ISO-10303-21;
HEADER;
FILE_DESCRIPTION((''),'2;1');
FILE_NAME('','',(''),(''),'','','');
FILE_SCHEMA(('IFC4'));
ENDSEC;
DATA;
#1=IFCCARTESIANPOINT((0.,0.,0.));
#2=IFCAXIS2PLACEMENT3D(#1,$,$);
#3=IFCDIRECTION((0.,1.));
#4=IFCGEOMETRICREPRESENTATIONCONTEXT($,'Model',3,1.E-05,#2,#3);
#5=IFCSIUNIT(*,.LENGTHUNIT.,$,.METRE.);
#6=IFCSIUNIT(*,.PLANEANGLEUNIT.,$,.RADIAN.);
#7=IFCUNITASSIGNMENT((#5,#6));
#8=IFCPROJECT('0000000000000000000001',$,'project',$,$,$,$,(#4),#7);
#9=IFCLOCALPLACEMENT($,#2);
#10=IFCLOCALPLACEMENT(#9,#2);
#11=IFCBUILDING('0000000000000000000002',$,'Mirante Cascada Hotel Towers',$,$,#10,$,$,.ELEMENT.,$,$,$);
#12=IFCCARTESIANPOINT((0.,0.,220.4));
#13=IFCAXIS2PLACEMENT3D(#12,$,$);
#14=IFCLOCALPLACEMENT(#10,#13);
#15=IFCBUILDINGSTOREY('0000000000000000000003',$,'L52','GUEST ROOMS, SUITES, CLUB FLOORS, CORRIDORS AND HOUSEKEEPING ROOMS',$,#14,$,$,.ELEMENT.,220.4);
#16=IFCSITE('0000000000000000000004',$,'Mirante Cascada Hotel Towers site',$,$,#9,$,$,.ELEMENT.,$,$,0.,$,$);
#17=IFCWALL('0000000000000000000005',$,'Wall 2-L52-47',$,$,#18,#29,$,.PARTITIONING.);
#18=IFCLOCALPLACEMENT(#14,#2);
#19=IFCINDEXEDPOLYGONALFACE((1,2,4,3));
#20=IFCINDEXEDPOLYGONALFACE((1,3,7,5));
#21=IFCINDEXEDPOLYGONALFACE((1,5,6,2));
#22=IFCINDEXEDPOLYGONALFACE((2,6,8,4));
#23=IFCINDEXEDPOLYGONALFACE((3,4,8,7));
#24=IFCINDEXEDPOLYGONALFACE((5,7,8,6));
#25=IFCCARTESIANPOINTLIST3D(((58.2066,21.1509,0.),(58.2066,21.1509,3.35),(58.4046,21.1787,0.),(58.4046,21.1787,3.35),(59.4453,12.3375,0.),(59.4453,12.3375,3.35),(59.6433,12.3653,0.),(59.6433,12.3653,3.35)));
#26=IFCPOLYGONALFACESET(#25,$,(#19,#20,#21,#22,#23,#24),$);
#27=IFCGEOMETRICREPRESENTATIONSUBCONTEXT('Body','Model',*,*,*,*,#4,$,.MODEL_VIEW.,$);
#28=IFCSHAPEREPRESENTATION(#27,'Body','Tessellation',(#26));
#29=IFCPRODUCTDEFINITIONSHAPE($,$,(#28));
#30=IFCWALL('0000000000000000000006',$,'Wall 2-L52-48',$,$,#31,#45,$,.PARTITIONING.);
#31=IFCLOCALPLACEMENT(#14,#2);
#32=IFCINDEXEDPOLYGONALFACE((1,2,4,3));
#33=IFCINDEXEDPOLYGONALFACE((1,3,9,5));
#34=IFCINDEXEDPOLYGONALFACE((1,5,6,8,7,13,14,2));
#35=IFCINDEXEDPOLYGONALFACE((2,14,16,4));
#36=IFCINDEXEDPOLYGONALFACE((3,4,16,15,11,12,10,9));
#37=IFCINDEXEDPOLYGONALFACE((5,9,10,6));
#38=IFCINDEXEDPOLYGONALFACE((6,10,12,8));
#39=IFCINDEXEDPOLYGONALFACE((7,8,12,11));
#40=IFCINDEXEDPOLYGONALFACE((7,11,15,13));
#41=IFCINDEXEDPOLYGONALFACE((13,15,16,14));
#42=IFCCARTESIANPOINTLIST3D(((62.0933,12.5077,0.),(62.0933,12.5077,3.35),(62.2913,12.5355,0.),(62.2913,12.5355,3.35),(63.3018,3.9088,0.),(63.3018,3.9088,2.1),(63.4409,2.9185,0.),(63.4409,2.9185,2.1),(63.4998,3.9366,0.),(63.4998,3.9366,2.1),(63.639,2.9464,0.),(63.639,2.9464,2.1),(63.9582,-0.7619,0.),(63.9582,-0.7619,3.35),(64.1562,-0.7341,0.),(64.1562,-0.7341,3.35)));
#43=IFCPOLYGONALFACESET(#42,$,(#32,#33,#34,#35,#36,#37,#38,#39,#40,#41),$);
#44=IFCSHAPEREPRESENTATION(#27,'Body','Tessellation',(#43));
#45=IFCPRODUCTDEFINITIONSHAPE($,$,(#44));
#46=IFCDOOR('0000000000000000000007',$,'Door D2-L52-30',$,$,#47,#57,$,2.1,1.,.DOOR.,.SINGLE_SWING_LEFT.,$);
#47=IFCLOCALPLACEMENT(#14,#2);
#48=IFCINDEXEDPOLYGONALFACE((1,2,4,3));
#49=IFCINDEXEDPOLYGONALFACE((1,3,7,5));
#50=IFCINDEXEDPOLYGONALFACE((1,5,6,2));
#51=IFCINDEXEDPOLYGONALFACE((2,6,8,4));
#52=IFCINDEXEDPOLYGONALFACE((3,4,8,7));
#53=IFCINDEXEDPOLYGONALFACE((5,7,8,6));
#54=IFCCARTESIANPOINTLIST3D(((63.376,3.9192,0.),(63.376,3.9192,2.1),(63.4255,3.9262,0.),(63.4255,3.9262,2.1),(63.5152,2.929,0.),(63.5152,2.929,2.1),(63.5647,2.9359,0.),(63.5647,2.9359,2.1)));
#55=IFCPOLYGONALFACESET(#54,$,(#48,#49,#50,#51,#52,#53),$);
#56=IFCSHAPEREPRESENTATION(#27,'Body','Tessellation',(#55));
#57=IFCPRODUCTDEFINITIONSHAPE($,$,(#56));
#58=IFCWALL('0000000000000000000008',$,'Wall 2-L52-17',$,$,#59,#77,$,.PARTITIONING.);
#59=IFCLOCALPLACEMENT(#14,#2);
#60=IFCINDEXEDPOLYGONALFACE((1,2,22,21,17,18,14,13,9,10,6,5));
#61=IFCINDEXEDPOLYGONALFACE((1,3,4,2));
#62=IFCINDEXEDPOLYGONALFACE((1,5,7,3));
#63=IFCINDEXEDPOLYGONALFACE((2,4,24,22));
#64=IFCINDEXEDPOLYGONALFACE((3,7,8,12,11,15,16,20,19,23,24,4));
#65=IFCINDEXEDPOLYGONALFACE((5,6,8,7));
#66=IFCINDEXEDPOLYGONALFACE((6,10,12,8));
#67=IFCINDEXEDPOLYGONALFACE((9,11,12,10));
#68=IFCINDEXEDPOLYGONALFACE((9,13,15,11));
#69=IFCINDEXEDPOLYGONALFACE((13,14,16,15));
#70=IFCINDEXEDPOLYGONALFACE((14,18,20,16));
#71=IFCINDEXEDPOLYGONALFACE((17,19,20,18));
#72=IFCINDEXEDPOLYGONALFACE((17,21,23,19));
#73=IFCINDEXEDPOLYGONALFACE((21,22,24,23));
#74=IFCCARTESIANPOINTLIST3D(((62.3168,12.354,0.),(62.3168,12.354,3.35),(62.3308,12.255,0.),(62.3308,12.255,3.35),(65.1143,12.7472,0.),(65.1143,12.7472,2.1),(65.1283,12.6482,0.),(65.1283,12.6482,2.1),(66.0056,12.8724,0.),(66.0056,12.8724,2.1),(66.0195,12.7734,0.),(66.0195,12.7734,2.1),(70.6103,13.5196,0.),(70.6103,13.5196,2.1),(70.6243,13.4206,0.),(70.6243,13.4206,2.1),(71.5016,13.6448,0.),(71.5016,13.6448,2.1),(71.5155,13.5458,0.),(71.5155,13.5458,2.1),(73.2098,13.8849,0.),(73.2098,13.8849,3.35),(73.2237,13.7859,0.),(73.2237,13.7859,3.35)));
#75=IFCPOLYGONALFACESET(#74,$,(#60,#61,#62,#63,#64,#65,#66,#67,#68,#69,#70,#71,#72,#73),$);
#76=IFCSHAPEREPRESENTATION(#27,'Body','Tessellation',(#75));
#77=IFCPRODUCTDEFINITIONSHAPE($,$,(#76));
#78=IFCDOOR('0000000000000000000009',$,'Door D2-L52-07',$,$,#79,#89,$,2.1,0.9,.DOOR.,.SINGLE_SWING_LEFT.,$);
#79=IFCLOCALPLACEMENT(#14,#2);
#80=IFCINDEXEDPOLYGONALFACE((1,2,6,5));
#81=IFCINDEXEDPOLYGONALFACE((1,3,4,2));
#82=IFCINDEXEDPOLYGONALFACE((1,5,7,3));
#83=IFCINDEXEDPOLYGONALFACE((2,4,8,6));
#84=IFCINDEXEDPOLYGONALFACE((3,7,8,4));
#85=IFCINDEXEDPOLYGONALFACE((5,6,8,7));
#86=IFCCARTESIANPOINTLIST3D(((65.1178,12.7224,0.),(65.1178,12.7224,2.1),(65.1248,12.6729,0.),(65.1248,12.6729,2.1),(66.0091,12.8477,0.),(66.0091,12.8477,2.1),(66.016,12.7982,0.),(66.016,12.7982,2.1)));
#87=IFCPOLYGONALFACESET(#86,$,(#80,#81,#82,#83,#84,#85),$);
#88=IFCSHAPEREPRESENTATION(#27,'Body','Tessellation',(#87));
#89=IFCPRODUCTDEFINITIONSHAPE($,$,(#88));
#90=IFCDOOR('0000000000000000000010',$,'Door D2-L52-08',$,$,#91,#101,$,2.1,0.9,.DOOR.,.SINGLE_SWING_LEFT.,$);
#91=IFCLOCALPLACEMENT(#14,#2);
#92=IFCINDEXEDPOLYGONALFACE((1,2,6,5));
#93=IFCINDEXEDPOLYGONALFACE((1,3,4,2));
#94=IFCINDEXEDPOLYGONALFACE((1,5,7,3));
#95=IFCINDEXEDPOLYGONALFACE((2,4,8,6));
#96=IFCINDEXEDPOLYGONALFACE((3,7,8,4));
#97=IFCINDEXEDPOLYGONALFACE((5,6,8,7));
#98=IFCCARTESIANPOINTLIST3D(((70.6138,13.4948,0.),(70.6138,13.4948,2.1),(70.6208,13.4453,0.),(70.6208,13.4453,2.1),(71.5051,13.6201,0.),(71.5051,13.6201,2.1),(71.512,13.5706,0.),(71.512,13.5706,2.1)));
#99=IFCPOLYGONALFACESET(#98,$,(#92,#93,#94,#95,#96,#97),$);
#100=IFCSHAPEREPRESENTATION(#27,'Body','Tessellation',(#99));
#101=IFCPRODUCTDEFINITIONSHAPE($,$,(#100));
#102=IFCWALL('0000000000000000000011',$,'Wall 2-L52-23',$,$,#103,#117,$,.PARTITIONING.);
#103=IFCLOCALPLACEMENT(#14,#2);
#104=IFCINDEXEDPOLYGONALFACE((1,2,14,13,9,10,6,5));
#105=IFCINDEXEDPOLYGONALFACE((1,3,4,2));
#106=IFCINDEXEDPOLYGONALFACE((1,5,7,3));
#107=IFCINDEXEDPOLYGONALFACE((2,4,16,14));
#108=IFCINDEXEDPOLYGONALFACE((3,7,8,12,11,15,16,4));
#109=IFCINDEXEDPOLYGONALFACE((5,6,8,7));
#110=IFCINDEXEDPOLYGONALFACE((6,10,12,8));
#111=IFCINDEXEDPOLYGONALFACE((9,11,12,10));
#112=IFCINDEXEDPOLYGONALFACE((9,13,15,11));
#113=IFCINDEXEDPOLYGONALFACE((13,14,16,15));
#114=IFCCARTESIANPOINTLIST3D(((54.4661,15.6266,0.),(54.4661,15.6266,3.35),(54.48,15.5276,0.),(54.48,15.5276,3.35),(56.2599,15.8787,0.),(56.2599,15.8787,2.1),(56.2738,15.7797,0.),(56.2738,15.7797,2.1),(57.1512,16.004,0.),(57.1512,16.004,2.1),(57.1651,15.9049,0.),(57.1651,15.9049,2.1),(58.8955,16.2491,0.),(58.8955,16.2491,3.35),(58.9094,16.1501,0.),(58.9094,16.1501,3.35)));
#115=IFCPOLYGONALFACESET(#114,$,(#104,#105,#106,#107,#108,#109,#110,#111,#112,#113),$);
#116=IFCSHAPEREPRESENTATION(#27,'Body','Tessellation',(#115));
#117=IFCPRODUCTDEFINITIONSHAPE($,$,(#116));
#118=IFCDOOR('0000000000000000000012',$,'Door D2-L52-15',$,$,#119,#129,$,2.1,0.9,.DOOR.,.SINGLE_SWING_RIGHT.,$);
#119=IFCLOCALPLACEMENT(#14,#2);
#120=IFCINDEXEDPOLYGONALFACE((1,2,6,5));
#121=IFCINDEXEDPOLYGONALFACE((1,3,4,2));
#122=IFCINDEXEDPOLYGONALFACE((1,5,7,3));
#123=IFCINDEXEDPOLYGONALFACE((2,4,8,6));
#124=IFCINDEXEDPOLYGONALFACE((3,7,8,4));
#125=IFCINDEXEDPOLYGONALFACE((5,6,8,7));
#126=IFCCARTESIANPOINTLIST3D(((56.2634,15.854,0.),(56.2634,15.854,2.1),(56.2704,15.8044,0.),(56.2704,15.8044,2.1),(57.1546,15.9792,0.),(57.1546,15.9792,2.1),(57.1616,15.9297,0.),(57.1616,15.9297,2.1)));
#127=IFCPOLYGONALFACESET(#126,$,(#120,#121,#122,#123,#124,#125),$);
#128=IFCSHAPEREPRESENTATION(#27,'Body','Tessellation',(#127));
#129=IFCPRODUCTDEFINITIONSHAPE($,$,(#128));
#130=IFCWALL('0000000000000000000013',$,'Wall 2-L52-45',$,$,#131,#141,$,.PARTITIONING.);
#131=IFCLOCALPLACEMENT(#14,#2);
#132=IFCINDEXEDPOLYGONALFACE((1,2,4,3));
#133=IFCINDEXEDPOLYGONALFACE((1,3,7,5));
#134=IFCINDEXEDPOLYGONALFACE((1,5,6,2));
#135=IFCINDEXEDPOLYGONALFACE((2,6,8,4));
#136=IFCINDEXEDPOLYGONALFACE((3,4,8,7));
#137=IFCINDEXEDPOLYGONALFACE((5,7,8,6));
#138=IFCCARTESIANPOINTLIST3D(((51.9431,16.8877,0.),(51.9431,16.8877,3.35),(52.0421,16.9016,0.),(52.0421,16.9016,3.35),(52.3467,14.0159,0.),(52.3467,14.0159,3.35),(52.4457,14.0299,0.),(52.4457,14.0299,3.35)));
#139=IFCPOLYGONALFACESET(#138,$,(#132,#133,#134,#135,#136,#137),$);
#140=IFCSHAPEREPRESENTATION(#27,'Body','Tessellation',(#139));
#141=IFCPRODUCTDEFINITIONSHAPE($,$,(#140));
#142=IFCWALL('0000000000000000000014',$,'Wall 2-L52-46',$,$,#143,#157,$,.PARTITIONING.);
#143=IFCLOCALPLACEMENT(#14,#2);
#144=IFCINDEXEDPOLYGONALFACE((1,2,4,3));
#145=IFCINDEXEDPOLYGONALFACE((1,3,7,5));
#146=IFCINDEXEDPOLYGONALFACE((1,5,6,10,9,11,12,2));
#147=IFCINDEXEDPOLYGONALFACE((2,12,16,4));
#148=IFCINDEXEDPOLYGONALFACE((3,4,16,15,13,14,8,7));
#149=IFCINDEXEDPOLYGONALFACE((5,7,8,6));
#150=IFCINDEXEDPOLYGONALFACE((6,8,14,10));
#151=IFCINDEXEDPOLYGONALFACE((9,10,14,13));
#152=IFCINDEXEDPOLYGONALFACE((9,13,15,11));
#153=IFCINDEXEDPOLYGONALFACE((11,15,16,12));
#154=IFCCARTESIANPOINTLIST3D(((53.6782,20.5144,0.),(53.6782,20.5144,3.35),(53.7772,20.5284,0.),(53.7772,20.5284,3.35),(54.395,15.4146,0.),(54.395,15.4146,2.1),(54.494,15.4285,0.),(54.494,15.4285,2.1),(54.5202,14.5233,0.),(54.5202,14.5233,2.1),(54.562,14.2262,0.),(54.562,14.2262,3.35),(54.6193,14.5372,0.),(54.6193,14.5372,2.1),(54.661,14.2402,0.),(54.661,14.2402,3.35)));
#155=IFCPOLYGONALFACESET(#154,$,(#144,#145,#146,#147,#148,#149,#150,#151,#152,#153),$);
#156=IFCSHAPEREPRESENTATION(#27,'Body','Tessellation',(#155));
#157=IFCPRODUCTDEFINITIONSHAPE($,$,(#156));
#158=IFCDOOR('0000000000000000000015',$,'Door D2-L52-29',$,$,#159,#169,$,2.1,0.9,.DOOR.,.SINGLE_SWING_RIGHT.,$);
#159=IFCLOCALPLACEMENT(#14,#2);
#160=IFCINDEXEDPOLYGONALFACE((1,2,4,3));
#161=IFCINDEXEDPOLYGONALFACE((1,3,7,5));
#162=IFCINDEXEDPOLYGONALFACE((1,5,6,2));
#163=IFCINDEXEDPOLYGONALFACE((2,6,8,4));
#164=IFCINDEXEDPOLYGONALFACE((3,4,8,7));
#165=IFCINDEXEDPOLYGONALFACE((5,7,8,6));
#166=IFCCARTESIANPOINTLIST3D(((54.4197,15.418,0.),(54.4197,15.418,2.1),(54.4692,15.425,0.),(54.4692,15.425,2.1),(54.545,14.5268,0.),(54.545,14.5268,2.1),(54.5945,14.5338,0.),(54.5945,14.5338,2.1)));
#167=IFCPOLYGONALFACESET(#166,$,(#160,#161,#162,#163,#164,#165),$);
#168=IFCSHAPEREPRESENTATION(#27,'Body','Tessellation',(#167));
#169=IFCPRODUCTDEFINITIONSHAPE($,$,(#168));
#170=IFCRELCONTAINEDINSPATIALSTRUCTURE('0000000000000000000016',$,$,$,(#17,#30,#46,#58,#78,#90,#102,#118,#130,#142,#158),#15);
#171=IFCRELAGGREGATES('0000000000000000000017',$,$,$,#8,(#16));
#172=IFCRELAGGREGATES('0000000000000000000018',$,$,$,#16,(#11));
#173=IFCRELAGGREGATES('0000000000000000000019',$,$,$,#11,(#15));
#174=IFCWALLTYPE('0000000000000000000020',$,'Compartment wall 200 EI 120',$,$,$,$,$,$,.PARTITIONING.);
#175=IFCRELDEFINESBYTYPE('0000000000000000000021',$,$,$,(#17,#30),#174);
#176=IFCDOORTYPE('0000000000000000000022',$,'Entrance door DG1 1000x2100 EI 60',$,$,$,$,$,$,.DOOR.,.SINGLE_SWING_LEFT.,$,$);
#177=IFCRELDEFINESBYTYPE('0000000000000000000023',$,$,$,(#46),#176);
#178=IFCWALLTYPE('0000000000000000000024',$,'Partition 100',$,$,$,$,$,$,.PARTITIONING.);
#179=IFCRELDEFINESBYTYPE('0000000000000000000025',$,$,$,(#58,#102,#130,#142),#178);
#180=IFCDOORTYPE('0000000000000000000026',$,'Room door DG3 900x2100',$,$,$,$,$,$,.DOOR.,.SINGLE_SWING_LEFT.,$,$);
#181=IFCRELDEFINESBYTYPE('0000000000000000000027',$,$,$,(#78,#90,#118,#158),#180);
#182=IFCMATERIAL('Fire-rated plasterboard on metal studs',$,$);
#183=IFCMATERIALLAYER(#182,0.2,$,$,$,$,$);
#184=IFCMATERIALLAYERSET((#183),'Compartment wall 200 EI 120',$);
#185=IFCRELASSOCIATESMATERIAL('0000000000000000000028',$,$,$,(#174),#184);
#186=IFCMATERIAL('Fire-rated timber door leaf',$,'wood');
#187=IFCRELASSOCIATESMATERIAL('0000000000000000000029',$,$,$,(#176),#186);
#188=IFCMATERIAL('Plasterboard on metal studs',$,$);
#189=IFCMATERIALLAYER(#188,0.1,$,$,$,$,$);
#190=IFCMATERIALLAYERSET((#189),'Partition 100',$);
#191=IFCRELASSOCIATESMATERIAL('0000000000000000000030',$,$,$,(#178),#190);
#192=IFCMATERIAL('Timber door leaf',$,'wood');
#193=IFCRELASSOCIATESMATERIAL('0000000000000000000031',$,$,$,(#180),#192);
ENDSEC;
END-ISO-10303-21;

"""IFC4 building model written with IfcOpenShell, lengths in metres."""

from ifc_helpers import new_model, si_unit, direction, frame, frame_2d, origin, place, context, subcontext, project, spatial, rectangle, extrude, material, layer, layer_set, type_object, element, fill, save


model = new_model("IFC4")

# Units and contexts
model_context = context("Model", 3, precision=1e-05, world=origin(), true_north=direction((0.0, 1.0)))
body_context = subcontext(model_context, "Body", "Model", "MODEL_VIEW")
ifc_project = project(units=[si_unit("LENGTHUNIT", "METRE"), si_unit("PLANEANGLEUNIT", "RADIAN")], contexts=[model_context])

# Site, building, storey
site_placement = place(None, origin())
site = spatial("IfcSite", under=ifc_project, at=site_placement, Name="Mirante Cascada Hotel Towers site", CompositionType="ELEMENT", RefElevation=0.0)
building_placement = place(site_placement, origin())
building = spatial("IfcBuilding", under=site, at=building_placement, Name="Mirante Cascada Hotel Towers", CompositionType="ELEMENT")
storey_placement = place(building_placement, frame((0.0, 0.0, 220.4)))
storey = spatial("IfcBuildingStorey", under=building, at=storey_placement, Name="L52", Description="GUEST ROOMS, SUITES, CLUB FLOORS, CORRIDORS AND HOUSEKEEPING ROOMS", CompositionType="ELEMENT", Elevation=220.4)

# Shared definitions
ifc_material_1 = material(Name="Fire-rated plasterboard on metal studs")
ifc_layer_1 = layer(ifc_material_1, 0.2)
ifc_layer_set_1 = layer_set([ifc_layer_1], Name="Compartment wall 200 EI 120")
wall_type_1 = type_object("IfcWallType", Name="Compartment wall 200 EI 120", PredefinedType="PARTITIONING", material=ifc_layer_set_1)
ifc_material_2 = material(Name="Fire-rated timber door leaf", Category="wood")
door_type_1 = type_object("IfcDoorType", Name="Entrance door DG1 1000x2100 EI 60", OperationType="SINGLE_SWING_LEFT", PredefinedType="DOOR", material=ifc_material_2)

# Wall
wall_1_placement = place(storey_placement, frame((59.5443, 12.3514, 0.0), z_axis=(0.0, 0.0, 1.0), x_axis=(-0.139179, 0.990267, 0.0)))
element("IfcWall", 1, at=wall_1_placement, inside=storey, type_object=wall_type_1, Name="Wall 2-L52-47", PredefinedType="PARTITIONING", context=body_context, shape_type="SweptSolid", body=[
    extrude(rectangle(XDim=8.9, YDim=0.2, at=frame_2d((4.45, 0.0))), origin(), (0.0, 0.0, 1.0), 3.35),
])

# Wall, opening, door
wall_2_placement = place(storey_placement, frame((62.1923, 12.5216, 0.0), z_axis=(0.0, 0.0, 1.0), x_axis=(0.139172, -0.990268, 0.0)))
wall_2 = element("IfcWall", 2, at=wall_2_placement, inside=storey, type_object=wall_type_1, Name="Wall 2-L52-48", PredefinedType="PARTITIONING", context=body_context, shape_type="SweptSolid", body=[
    extrude(rectangle(XDim=13.4, YDim=0.2, at=frame_2d((6.7, 0.0))), origin(), (0.0, 0.0, 1.0), 3.35),
])
opening_1_placement = place(wall_2_placement, frame((8.6834, 0.0, 0.0)))
opening_1 = element("IfcOpeningElement", 3, at=opening_1_placement, cuts=wall_2, PredefinedType="OPENING", context=body_context, shape_type="SweptSolid", body=[
    extrude(rectangle(XDim=1.0, YDim=2.1, at=frame_2d((0.5, 1.05))), frame((0.0, 0.1, 0.0), z_axis=(0.0, -1.0, 0.0), x_axis=(1.0, 0.0, 0.0)), (0.0, 0.0, 1.0), 0.2),
])
door_1_placement = place(opening_1_placement, origin())
door_1 = element("IfcDoor", 4, at=door_1_placement, inside=storey, type_object=door_type_1, Name="Door D2-L52-30", OperationType="SINGLE_SWING_LEFT", OverallHeight=2.1, OverallWidth=1.0, PredefinedType="DOOR", context=body_context, shape_type="SweptSolid", body=[
    extrude(rectangle(XDim=1.0, YDim=2.1, at=frame_2d((0.5, 1.05))), frame((0.0, 0.025, 0.0), z_axis=(0.0, -1.0, 0.0), x_axis=(1.0, 0.0, 0.0)), (0.0, 0.0, 1.0), 0.05),
])
fill(opening_1, door_1)

# Wall, openings, doors
ifc_material_3 = material(Name="Plasterboard on metal studs")
ifc_layer_2 = layer(ifc_material_3, 0.1)
ifc_layer_set_2 = layer_set([ifc_layer_2], Name="Partition 100")
wall_type_2 = type_object("IfcWallType", Name="Partition 100", PredefinedType="PARTITIONING", material=ifc_layer_set_2)
wall_3_placement = place(storey_placement, frame((62.3238, 12.3045, 0.0), z_axis=(0.0, 0.0, 1.0), x_axis=(0.990268, 0.139173, 0.0)))
wall_3 = element("IfcWall", 5, at=wall_3_placement, inside=storey, type_object=wall_type_2, Name="Wall 2-L52-17", PredefinedType="PARTITIONING", context=body_context, shape_type="SweptSolid", body=[
    extrude(rectangle(XDim=11.0, YDim=0.1, at=frame_2d((5.5, 0.0))), origin(), (0.0, 0.0, 1.0), 3.35),
])
opening_2_placement = place(wall_3_placement, frame((2.825, 0.0, 0.0)))
opening_2 = element("IfcOpeningElement", 6, at=opening_2_placement, cuts=wall_3, PredefinedType="OPENING", context=body_context, shape_type="SweptSolid", body=[
    extrude(rectangle(XDim=0.9, YDim=2.1, at=frame_2d((0.45, 1.05))), frame((0.0, 0.05, 0.0), z_axis=(0.0, -1.0, 0.0), x_axis=(1.0, 0.0, 0.0)), (0.0, 0.0, 1.0), 0.1),
])
opening_3_placement = place(wall_3_placement, frame((8.375, 0.0, 0.0)))
opening_3 = element("IfcOpeningElement", 7, at=opening_3_placement, cuts=wall_3, PredefinedType="OPENING", context=body_context, shape_type="SweptSolid", body=[
    extrude(rectangle(XDim=0.9, YDim=2.1, at=frame_2d((0.45, 1.05))), frame((0.0, 0.05, 0.0), z_axis=(0.0, -1.0, 0.0), x_axis=(1.0, 0.0, 0.0)), (0.0, 0.0, 1.0), 0.1),
])
ifc_material_4 = material(Name="Timber door leaf", Category="wood")
door_type_2 = type_object("IfcDoorType", Name="Room door DG3 900x2100", OperationType="SINGLE_SWING_LEFT", PredefinedType="DOOR", material=ifc_material_4)
door_2_placement = place(opening_2_placement, origin())
door_2 = element("IfcDoor", 8, at=door_2_placement, inside=storey, type_object=door_type_2, Name="Door D2-L52-07", OperationType="SINGLE_SWING_LEFT", OverallHeight=2.1, OverallWidth=0.9, PredefinedType="DOOR", context=body_context, shape_type="SweptSolid", body=[
    extrude(rectangle(XDim=0.9, YDim=2.1, at=frame_2d((0.45, 1.05))), frame((0.0, 0.025, 0.0), z_axis=(0.0, -1.0, 0.0), x_axis=(1.0, 0.0, 0.0)), (0.0, 0.0, 1.0), 0.05),
])
fill(opening_2, door_2)
door_3_placement = place(opening_3_placement, origin())
door_3 = element("IfcDoor", 9, at=door_3_placement, inside=storey, type_object=door_type_2, Name="Door D2-L52-08", OperationType="SINGLE_SWING_LEFT", OverallHeight=2.1, OverallWidth=0.9, PredefinedType="DOOR", context=body_context, shape_type="SweptSolid", body=[
    extrude(rectangle(XDim=0.9, YDim=2.1, at=frame_2d((0.45, 1.05))), frame((0.0, 0.025, 0.0), z_axis=(0.0, -1.0, 0.0), x_axis=(1.0, 0.0, 0.0)), (0.0, 0.0, 1.0), 0.05),
])
fill(opening_3, door_3)

# Wall, opening, door
wall_4_placement = place(storey_placement, frame((54.4731, 15.5771, 0.0), z_axis=(0.0, 0.0, 1.0), x_axis=(0.990268, 0.139171, 0.0)))
wall_4 = element("IfcWall", 10, at=wall_4_placement, inside=storey, type_object=wall_type_2, Name="Wall 2-L52-23", PredefinedType="PARTITIONING", context=body_context, shape_type="SweptSolid", body=[
    extrude(rectangle(XDim=4.4729, YDim=0.1, at=frame_2d((2.2364, 0.0))), origin(), (0.0, 0.0, 1.0), 3.35),
])
opening_4_placement = place(wall_4_placement, frame((1.8114, 0.0, 0.0)))
opening_4 = element("IfcOpeningElement", 11, at=opening_4_placement, cuts=wall_4, PredefinedType="OPENING", context=body_context, shape_type="SweptSolid", body=[
    extrude(rectangle(XDim=0.9, YDim=2.1, at=frame_2d((0.45, 1.05))), frame((0.0, 0.05, 0.0), z_axis=(0.0, -1.0, 0.0), x_axis=(1.0, 0.0, 0.0)), (0.0, 0.0, 1.0), 0.1),
])
door_4_placement = place(opening_4_placement, frame((0.9, 0.0, 0.0), z_axis=(0.0, 0.0, 1.0), x_axis=(-1.0, 0.0, 0.0)))
door_4 = element("IfcDoor", 12, at=door_4_placement, inside=storey, type_object=door_type_2, Name="Door D2-L52-15", OperationType="SINGLE_SWING_RIGHT", OverallHeight=2.1, OverallWidth=0.9, PredefinedType="DOOR", context=body_context, shape_type="SweptSolid", body=[
    extrude(rectangle(XDim=0.9, YDim=2.1, at=frame_2d((0.45, 1.05))), frame((0.0, 0.025, 0.0), z_axis=(0.0, -1.0, 0.0), x_axis=(1.0, 0.0, 0.0)), (0.0, 0.0, 1.0), 0.05),
])
fill(opening_4, door_4)

# Wall
wall_5_placement = place(storey_placement, frame((52.3962, 14.0229, 0.0), z_axis=(0.0, 0.0, 1.0), x_axis=(-0.139171, 0.990268, 0.0)))
element("IfcWall", 13, at=wall_5_placement, inside=storey, type_object=wall_type_2, Name="Wall 2-L52-45", PredefinedType="PARTITIONING", context=body_context, shape_type="SweptSolid", body=[
    extrude(rectangle(XDim=2.9, YDim=0.1, at=frame_2d((1.45, 0.0))), origin(), (0.0, 0.0, 1.0), 3.35),
])

# Wall, opening, door
wall_6_placement = place(storey_placement, frame((53.7277, 20.5214, 0.0), z_axis=(0.0, 0.0, 1.0), x_axis=(0.139181, -0.990267, 0.0)))
wall_6 = element("IfcWall", 14, at=wall_6_placement, inside=storey, type_object=wall_type_2, Name="Wall 2-L52-46", PredefinedType="PARTITIONING", context=body_context, shape_type="SweptSolid", body=[
    extrude(rectangle(XDim=6.35, YDim=0.1, at=frame_2d((3.175, 0.0))), origin(), (0.0, 0.0, 1.0), 3.35),
])
opening_5_placement = place(wall_6_placement, frame((5.15, 0.0, 0.0)))
opening_5 = element("IfcOpeningElement", 15, at=opening_5_placement, cuts=wall_6, PredefinedType="OPENING", context=body_context, shape_type="SweptSolid", body=[
    extrude(rectangle(XDim=0.9, YDim=2.1, at=frame_2d((0.45, 1.05))), frame((0.0, 0.05, 0.0), z_axis=(0.0, -1.0, 0.0), x_axis=(1.0, 0.0, 0.0)), (0.0, 0.0, 1.0), 0.1),
])
door_5_placement = place(opening_5_placement, frame((0.9, 0.0, 0.0), z_axis=(0.0, 0.0, 1.0), x_axis=(-1.0, 0.0, 0.0)))
door_5 = element("IfcDoor", 16, at=door_5_placement, inside=storey, type_object=door_type_2, Name="Door D2-L52-29", OperationType="SINGLE_SWING_RIGHT", OverallHeight=2.1, OverallWidth=0.9, PredefinedType="DOOR", context=body_context, shape_type="SweptSolid", body=[
    extrude(rectangle(XDim=0.9, YDim=2.1, at=frame_2d((0.45, 1.05))), frame((0.0, 0.025, 0.0), z_axis=(0.0, -1.0, 0.0), x_axis=(1.0, 0.0, 0.0)), (0.0, 0.0, 1.0), 0.05),
])
fill(opening_5, door_5)

save(model, "model.ifc")
